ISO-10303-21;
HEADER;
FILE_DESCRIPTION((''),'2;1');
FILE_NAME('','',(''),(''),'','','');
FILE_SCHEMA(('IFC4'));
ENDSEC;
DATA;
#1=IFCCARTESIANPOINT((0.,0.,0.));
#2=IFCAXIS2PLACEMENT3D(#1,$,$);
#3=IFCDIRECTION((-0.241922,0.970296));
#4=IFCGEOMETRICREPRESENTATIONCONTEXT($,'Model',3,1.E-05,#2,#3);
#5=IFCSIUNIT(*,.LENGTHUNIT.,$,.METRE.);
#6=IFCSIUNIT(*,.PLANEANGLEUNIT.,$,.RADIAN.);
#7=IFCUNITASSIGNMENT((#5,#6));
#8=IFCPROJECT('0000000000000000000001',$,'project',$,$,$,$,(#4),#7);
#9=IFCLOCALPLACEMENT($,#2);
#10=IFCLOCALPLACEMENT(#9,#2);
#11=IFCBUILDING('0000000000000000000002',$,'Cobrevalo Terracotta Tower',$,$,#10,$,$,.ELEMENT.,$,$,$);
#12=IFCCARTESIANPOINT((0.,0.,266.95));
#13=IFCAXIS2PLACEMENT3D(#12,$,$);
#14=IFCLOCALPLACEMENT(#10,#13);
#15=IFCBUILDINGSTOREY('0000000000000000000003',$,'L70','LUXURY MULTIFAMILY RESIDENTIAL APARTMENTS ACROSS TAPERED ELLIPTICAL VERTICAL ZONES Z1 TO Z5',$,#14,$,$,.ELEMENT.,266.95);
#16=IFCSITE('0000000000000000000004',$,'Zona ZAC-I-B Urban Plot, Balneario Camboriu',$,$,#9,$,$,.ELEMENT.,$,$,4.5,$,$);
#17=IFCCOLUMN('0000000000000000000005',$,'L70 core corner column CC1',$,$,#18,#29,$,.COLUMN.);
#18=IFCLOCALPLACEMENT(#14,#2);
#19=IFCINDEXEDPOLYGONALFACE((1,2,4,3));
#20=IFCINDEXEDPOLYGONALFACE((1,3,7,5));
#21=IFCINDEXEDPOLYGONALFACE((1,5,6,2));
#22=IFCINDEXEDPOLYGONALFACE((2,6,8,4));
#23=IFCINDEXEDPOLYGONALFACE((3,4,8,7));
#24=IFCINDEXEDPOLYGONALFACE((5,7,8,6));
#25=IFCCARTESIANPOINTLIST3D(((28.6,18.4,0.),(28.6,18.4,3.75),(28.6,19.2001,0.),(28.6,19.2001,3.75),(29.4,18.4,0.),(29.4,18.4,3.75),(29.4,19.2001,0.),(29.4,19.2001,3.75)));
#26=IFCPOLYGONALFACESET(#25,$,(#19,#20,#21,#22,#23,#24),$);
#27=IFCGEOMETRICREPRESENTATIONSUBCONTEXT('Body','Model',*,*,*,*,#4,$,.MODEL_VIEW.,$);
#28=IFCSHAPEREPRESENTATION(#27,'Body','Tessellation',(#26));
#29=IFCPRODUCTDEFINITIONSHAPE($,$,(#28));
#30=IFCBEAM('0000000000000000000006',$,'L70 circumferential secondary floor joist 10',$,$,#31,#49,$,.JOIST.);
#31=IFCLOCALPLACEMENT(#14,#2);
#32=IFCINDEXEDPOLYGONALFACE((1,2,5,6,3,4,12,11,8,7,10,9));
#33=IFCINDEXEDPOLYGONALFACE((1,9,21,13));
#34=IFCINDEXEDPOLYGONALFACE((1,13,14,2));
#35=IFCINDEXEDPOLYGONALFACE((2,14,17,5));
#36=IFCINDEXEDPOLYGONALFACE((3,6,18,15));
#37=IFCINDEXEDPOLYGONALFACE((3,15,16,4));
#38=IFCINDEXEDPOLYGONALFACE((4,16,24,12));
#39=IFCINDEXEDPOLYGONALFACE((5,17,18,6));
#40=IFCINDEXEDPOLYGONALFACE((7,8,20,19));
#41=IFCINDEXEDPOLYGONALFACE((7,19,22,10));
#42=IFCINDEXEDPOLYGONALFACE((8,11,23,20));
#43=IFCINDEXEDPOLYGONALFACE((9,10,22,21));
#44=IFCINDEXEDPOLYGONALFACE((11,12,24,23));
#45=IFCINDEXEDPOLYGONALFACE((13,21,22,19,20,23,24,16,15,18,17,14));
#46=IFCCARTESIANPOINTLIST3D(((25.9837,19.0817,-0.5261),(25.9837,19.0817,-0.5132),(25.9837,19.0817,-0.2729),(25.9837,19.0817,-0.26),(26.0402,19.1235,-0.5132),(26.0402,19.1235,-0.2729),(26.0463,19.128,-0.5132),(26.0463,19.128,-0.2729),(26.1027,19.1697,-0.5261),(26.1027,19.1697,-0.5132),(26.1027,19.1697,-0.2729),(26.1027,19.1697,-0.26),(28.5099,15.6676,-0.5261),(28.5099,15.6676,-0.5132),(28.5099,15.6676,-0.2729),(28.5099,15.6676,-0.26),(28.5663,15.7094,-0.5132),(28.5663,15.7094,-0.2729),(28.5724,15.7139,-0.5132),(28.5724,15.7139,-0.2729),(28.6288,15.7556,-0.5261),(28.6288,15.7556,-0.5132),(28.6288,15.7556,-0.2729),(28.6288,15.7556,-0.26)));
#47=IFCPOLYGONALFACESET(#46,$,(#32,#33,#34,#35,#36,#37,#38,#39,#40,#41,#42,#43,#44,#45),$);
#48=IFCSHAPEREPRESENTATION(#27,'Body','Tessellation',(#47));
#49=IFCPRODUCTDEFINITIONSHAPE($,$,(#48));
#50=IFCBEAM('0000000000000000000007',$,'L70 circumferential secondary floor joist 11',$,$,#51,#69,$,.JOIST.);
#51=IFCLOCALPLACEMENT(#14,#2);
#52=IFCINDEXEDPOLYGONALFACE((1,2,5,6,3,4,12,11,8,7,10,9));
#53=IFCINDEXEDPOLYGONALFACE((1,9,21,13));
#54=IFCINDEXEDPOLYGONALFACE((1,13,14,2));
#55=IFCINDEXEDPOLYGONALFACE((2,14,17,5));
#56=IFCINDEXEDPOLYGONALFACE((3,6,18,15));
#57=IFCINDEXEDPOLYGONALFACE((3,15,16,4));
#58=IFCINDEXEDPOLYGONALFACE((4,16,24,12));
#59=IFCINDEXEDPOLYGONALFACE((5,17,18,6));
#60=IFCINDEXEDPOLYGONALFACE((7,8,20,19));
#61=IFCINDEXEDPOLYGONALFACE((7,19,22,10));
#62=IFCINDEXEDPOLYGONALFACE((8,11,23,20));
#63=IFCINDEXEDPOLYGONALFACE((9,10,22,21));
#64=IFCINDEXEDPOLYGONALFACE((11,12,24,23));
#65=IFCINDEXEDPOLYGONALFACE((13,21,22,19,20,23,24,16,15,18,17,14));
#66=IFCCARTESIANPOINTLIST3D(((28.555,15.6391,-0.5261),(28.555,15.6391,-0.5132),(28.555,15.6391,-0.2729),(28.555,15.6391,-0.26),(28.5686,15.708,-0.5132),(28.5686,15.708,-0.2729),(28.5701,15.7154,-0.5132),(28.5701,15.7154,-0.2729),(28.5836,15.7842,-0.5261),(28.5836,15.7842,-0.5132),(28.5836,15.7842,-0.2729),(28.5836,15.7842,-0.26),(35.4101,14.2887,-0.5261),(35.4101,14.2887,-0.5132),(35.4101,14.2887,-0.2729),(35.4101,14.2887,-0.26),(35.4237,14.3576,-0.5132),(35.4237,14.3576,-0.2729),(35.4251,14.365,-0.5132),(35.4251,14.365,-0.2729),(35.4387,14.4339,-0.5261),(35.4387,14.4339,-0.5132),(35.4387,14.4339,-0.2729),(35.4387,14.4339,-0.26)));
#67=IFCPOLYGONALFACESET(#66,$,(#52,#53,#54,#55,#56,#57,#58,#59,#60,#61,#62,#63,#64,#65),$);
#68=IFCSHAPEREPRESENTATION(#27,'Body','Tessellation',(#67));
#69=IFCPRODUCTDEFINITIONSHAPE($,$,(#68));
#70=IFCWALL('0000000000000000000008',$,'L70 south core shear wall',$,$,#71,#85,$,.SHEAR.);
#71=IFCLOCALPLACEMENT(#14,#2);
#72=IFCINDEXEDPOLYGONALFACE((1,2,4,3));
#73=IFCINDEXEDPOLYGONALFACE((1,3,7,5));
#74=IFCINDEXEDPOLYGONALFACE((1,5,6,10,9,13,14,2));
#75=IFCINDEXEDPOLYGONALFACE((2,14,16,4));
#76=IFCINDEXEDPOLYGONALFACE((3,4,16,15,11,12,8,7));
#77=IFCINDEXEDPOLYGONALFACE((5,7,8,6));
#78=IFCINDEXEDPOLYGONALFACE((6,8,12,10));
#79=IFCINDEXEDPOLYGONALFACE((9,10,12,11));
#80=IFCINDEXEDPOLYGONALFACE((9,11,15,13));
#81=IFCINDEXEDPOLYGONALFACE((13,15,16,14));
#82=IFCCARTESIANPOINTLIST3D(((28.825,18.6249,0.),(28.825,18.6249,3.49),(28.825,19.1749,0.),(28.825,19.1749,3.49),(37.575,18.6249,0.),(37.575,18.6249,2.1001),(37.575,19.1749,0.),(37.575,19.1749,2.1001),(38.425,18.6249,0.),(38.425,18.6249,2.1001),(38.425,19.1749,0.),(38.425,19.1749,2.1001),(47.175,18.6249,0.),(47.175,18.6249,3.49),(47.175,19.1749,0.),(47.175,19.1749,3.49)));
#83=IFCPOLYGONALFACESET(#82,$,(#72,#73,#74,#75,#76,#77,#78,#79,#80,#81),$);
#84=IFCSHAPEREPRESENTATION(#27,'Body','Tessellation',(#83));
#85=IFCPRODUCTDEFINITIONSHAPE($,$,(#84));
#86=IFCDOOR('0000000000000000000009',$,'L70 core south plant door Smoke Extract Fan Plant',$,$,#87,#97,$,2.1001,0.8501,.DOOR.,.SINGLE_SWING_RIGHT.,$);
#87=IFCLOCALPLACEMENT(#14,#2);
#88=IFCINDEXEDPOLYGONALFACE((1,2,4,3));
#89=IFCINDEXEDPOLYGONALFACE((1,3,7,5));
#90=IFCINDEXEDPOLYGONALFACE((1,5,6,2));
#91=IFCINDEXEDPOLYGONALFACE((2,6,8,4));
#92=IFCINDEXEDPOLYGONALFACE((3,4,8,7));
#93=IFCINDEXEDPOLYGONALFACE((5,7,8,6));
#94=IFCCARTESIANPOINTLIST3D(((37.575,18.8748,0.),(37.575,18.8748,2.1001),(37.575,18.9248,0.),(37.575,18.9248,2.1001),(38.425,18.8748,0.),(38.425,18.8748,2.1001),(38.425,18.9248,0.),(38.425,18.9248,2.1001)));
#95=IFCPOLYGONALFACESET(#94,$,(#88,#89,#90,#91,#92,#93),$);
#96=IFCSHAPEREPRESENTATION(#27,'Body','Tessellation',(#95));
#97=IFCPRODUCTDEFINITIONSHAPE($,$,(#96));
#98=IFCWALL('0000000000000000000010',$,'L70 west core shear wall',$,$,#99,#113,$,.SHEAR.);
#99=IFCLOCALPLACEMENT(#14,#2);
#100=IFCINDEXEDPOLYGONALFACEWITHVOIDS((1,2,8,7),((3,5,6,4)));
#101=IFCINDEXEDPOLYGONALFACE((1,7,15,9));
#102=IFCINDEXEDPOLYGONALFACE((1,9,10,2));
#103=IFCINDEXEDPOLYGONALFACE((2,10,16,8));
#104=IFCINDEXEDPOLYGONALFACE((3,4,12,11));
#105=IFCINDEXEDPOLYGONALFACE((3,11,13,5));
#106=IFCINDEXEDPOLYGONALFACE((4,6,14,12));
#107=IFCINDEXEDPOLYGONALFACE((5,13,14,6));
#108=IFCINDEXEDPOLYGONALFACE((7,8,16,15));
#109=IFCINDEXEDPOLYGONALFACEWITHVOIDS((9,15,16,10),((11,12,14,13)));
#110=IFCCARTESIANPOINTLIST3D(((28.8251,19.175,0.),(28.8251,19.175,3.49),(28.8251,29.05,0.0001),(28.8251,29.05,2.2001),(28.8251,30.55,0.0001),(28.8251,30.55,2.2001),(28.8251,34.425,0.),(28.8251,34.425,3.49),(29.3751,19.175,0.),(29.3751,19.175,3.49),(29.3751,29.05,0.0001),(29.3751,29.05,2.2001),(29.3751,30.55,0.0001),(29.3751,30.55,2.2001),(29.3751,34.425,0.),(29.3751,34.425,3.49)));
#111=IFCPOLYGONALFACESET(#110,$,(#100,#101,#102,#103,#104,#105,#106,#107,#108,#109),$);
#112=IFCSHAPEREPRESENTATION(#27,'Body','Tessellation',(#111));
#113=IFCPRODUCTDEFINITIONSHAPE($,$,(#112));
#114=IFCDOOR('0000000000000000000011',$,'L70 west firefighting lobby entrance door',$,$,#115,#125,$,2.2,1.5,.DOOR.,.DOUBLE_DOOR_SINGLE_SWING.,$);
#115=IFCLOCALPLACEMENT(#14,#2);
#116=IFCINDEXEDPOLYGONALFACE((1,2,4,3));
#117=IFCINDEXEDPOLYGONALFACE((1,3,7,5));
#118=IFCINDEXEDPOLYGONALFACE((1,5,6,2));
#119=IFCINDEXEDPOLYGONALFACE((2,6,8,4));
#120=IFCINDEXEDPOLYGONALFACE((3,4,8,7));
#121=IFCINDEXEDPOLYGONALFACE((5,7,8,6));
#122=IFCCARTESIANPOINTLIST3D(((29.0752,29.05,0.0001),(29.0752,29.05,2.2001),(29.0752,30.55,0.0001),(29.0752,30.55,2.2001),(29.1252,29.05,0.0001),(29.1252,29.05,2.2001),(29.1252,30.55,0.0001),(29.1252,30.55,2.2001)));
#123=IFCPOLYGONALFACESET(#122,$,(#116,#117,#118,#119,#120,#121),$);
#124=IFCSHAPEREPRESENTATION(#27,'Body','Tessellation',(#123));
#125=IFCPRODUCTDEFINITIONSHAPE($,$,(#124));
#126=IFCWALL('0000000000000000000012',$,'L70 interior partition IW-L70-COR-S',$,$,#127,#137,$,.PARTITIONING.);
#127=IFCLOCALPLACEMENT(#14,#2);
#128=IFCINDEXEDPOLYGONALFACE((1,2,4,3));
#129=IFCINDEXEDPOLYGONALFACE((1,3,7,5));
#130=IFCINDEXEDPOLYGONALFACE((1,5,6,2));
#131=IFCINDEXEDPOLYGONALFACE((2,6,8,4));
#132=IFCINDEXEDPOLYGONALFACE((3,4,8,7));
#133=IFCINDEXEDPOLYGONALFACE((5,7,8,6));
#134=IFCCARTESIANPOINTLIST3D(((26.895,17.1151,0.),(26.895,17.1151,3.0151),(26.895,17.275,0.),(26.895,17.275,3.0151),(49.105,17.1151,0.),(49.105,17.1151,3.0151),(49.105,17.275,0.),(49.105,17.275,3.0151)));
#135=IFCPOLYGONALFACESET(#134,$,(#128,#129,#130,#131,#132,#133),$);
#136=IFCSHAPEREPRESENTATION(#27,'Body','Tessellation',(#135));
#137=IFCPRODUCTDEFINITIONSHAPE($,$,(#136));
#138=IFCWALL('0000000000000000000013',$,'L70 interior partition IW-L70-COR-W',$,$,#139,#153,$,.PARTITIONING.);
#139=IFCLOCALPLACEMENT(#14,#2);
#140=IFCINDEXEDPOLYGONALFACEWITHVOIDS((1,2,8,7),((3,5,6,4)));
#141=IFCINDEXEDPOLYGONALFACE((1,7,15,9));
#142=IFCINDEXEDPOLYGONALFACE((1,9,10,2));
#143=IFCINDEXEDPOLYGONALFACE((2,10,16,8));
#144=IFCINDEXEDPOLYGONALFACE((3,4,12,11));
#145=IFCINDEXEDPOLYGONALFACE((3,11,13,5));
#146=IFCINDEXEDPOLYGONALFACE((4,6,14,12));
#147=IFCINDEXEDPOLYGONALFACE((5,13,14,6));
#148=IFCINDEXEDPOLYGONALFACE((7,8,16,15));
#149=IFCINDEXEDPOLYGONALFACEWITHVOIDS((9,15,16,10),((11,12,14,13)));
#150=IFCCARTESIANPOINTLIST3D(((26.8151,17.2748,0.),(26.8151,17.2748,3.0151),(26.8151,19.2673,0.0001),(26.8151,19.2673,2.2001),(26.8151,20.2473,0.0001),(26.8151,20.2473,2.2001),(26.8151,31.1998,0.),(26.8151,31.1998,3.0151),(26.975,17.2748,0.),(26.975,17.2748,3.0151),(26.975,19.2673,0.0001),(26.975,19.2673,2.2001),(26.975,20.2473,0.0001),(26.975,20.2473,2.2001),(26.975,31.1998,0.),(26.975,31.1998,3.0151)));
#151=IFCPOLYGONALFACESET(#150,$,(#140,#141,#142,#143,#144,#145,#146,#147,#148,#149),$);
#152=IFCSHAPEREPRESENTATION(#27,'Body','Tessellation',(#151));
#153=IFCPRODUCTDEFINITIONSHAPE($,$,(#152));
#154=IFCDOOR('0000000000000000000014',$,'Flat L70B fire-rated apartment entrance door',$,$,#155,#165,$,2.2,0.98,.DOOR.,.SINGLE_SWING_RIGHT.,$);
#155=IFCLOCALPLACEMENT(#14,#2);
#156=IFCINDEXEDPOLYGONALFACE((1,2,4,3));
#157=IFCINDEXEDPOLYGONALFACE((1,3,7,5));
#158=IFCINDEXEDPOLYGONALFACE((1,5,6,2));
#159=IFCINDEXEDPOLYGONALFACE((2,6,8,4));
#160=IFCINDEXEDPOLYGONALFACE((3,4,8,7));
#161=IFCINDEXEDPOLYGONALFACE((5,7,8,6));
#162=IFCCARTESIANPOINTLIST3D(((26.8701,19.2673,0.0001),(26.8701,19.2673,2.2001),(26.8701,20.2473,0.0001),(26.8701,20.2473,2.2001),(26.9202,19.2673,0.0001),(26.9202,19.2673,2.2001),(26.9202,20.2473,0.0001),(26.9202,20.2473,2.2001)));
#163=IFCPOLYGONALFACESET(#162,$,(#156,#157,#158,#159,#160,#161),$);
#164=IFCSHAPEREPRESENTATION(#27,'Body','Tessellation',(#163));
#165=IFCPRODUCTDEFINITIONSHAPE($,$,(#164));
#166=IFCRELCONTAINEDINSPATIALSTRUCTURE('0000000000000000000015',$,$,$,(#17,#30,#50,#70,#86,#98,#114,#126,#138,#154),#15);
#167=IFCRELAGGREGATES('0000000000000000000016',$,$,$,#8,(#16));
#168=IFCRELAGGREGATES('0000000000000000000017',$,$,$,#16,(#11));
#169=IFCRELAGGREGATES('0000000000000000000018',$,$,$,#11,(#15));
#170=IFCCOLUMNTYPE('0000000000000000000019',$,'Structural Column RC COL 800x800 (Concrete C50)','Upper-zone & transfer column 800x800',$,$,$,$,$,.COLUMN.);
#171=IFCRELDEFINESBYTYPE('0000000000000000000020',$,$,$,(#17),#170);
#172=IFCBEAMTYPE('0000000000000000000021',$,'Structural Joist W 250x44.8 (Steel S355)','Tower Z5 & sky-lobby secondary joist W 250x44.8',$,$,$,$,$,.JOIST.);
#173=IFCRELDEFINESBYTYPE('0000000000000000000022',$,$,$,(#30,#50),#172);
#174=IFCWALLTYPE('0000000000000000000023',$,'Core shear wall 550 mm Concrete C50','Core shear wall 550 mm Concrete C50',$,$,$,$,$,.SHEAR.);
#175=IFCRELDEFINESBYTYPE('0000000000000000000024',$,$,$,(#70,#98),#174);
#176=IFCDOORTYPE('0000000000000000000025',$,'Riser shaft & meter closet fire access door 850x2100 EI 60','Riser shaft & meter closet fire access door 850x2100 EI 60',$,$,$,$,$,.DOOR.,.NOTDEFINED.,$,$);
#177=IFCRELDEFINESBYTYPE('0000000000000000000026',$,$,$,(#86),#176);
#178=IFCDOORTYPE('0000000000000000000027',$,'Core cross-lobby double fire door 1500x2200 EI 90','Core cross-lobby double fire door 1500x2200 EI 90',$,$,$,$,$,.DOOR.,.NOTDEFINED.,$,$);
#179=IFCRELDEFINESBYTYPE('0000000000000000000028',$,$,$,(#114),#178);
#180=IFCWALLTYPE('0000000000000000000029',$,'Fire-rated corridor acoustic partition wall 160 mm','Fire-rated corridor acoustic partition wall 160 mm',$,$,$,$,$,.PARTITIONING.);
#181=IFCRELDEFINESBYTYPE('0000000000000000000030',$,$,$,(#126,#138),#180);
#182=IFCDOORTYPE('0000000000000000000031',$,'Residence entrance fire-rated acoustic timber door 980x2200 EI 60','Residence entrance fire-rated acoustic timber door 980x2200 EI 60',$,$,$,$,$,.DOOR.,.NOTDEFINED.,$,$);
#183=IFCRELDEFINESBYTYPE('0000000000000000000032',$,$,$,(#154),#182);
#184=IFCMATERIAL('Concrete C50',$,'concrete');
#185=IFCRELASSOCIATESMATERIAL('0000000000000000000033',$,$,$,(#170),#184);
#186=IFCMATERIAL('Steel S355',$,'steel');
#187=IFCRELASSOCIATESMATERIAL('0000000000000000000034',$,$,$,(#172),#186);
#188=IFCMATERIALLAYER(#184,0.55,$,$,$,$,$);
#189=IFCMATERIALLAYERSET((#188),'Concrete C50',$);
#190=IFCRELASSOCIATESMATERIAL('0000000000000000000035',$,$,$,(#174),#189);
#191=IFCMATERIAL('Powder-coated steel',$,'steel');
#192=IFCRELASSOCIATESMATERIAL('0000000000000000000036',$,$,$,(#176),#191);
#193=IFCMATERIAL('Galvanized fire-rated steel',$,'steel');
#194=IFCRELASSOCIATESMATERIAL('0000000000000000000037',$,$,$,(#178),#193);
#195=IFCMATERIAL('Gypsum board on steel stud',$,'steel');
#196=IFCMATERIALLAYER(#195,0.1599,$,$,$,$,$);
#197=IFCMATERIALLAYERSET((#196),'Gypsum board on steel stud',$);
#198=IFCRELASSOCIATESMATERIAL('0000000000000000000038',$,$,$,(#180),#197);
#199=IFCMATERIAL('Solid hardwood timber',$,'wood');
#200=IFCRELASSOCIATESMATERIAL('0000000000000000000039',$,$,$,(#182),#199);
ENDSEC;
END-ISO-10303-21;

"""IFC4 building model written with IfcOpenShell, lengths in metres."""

from ifc_helpers import new_model, si_unit, direction, frame, frame_2d, origin, origin_2d, place, context, subcontext, project, spatial, rectangle, i_section, extrude, source, transform, mapped, material, layer, layer_set, material_profile, profile_set, type_object, element, fill, save


model = new_model("IFC4")

# Units and contexts
model_context = context("Model", 3, precision=1e-05, world=origin(), true_north=direction((-0.241922, 0.970296)))
body_context = subcontext(model_context, "Body", "Model", "MODEL_VIEW")
ifc_project = project(units=[si_unit("LENGTHUNIT", "METRE"), si_unit("PLANEANGLEUNIT", "RADIAN")], contexts=[model_context])

# Site, building, storey
site_placement = place(None, origin())
site = spatial("IfcSite", under=ifc_project, at=site_placement, Name="Zona ZAC-I-B Urban Plot, Balneario Camboriu", CompositionType="ELEMENT", RefElevation=4.5)
building_placement = place(site_placement, origin())
building = spatial("IfcBuilding", under=site, at=building_placement, Name="Cobrevalo Terracotta Tower", CompositionType="ELEMENT")
storey_placement = place(building_placement, frame((0.0, 0.0, 266.95)))
storey = spatial("IfcBuildingStorey", under=building, at=storey_placement, Name="L70", Description="LUXURY MULTIFAMILY RESIDENTIAL APARTMENTS ACROSS TAPERED ELLIPTICAL VERTICAL ZONES Z1 TO Z5", CompositionType="ELEMENT", Elevation=266.95)

# Column
ifc_material_1 = material(Name="Concrete C50", Category="concrete")
ifc_material_profile_1 = material_profile(ifc_material_1, rectangle(XDim=0.8, YDim=0.8, at=origin_2d()), Name="RC COL 800x800")
ifc_profile_set_1 = profile_set([ifc_material_profile_1], Name="Concrete C50")
column_type = type_object("IfcColumnType", Name="Structural Column RC COL 800x800 (Concrete C50)", Description="Upper-zone & transfer column 800x800", PredefinedType="COLUMN", material=ifc_profile_set_1)
column_placement = place(storey_placement, frame((29.0, 18.8, 0.0), z_axis=(0.0, 0.0, 1.0), x_axis=(1.0, 0.0, 0.0)))
element("IfcColumn", 1, at=column_placement, inside=storey, type_object=column_type, Name="L70 core corner column CC1", PredefinedType="COLUMN", context=body_context, shape_type="SweptSolid", body=[
    extrude(rectangle(XDim=0.8, YDim=0.8, at=origin_2d()), origin(), (0.0, 0.0, 1.0), 3.75),
])

# Beams
ifc_material_2 = material(Name="Steel S355", Category="steel")
ifc_material_profile_2 = material_profile(ifc_material_2, i_section(OverallWidth=0.1479, OverallDepth=0.2661, WebThickness=0.0076, FlangeThickness=0.0129, at=origin_2d()), Name="W 250x44.8")
ifc_profile_set_2 = profile_set([ifc_material_profile_2], Name="Steel S355")
beam_type = type_object("IfcBeamType", Name="Structural Joist W 250x44.8 (Steel S355)", Description="Tower Z5 & sky-lobby secondary joist W 250x44.8", PredefinedType="JOIST", material=ifc_profile_set_2)
beam_1_placement = place(storey_placement, frame((26.0432, 19.1257, -0.3931), z_axis=(0.5948, -0.803874, 0.0), x_axis=(0.803874, 0.5948, 0.0)))
element("IfcBeam", 2, at=beam_1_placement, inside=storey, type_object=beam_type, Name="L70 circumferential secondary floor joist 10", PredefinedType="JOIST", context=body_context, shape_type="SweptSolid", body=[
    extrude(i_section(OverallWidth=0.1479, OverallDepth=0.2661, WebThickness=0.0076, FlangeThickness=0.0129, at=origin_2d()), origin(), (0.0, 0.0, 1.0), 4.2471),
])
beam_2_placement = place(storey_placement, frame((28.5693, 15.7117, -0.3931), z_axis=(0.981145, -0.193273, 0.0), x_axis=(0.193273, 0.981145, 0.0)))
element("IfcBeam", 3, at=beam_2_placement, inside=storey, type_object=beam_type, Name="L70 circumferential secondary floor joist 11", PredefinedType="JOIST", context=body_context, shape_type="SweptSolid", body=[
    extrude(i_section(OverallWidth=0.1479, OverallDepth=0.2661, WebThickness=0.0076, FlangeThickness=0.0129, at=origin_2d()), origin(), (0.0, 0.0, 1.0), 6.9868),
])

# Walls, openings, doors
ifc_layer_1 = layer(ifc_material_1, 0.55)
ifc_layer_set_1 = layer_set([ifc_layer_1], Name="Concrete C50")
wall_type_1 = type_object("IfcWallType", Name="Core shear wall 550 mm Concrete C50", Description="Core shear wall 550 mm Concrete C50", PredefinedType="SHEAR", material=ifc_layer_set_1)
wall_1_placement = place(storey_placement, frame((28.825, 18.8999, 0.0), z_axis=(0.0, 0.0, 1.0), x_axis=(1.0, 0.0, 0.0)))
wall_1 = element("IfcWall", 4, at=wall_1_placement, inside=storey, type_object=wall_type_1, Name="L70 south core shear wall", PredefinedType="SHEAR", context=body_context, shape_type="SweptSolid", body=[
    extrude(rectangle(XDim=18.3501, YDim=0.55, at=frame_2d((9.175, 0.0))), origin(), (0.0, 0.0, 1.0), 3.49),
])
opening_1_placement = place(wall_1_placement, frame((8.75, 0.0, 0.0)))
opening_1 = element("IfcOpeningElement", 5, at=opening_1_placement, cuts=wall_1, PredefinedType="OPENING", context=body_context, shape_type="SweptSolid", body=[
    extrude(rectangle(XDim=0.8501, YDim=2.1001, at=frame_2d((0.425, 1.05))), frame((0.0, 0.2852, 0.0), z_axis=(0.0, -1.0, 0.0), x_axis=(1.0, 0.0, 0.0)), (0.0, 0.0, 1.0), 0.5701),
])
ifc_material_3 = material(Name="Powder-coated steel", Category="steel")
door_type_1 = type_object("IfcDoorType", Name="Riser shaft & meter closet fire access door 850x2100 EI 60", Description="Riser shaft & meter closet fire access door 850x2100 EI 60", OperationType="NOTDEFINED", PredefinedType="DOOR", material=ifc_material_3)
shared_shape_1 = source(origin(), body_context, "Body", "SweptSolid", [
    extrude(rectangle(XDim=0.8501, YDim=2.1001, at=frame_2d((0.425, 1.05))), frame((0.0, 0.0249, 0.0), z_axis=(0.0, -1.0, 0.0), x_axis=(1.0, 0.0, 0.0)), (0.0, 0.0, 1.0), 0.05),
])
door_1_placement = place(opening_1_placement, origin())
door_1 = element("IfcDoor", 6, at=door_1_placement, inside=storey, type_object=door_type_1, Name="L70 core south plant door Smoke Extract Fan Plant", OperationType="SINGLE_SWING_RIGHT", OverallHeight=2.1001, OverallWidth=0.8501, PredefinedType="DOOR", context=body_context, shape_type="MappedRepresentation", body=[
    mapped(shared_shape_1, transform((0.0, 0.0, 0.0), scale=1.0)),
])
fill(opening_1, door_1)
wall_2_placement = place(storey_placement, frame((29.1001, 19.175, 0.0), z_axis=(0.0, 0.0, 1.0), x_axis=(0.0, 1.0, 0.0)))
wall_2 = element("IfcWall", 7, at=wall_2_placement, inside=storey, type_object=wall_type_1, Name="L70 west core shear wall", PredefinedType="SHEAR", context=body_context, shape_type="SweptSolid", body=[
    extrude(rectangle(XDim=15.25, YDim=0.55, at=frame_2d((7.625, 0.0))), origin(), (0.0, 0.0, 1.0), 3.49),
])
opening_2_placement = place(wall_2_placement, frame((9.875, 0.0, 0.0)))
opening_2 = element("IfcOpeningElement", 8, at=opening_2_placement, cuts=wall_2, PredefinedType="OPENING", context=body_context, shape_type="SweptSolid", body=[
    extrude(rectangle(XDim=1.5, YDim=2.2, at=frame_2d((0.75, 1.1001))), frame((0.0, 0.2852, 0.0), z_axis=(0.0, -1.0, 0.0), x_axis=(1.0, 0.0, 0.0)), (0.0, 0.0, 1.0), 0.5701),
])
ifc_material_4 = material(Name="Galvanized fire-rated steel", Category="steel")
door_type_2 = type_object("IfcDoorType", Name="Core cross-lobby double fire door 1500x2200 EI 90", Description="Core cross-lobby double fire door 1500x2200 EI 90", OperationType="NOTDEFINED", PredefinedType="DOOR", material=ifc_material_4)
shared_shape_2 = source(origin(), body_context, "Body", "SweptSolid", [
    extrude(rectangle(XDim=1.5, YDim=2.2, at=frame_2d((0.75, 1.1001))), frame((0.0, 0.0249, 0.0), z_axis=(0.0, -1.0, 0.0), x_axis=(1.0, 0.0, 0.0)), (0.0, 0.0, 1.0), 0.05),
])
door_2_placement = place(opening_2_placement, origin())
door_2 = element("IfcDoor", 9, at=door_2_placement, inside=storey, type_object=door_type_2, Name="L70 west firefighting lobby entrance door", OperationType="DOUBLE_DOOR_SINGLE_SWING", OverallHeight=2.2, OverallWidth=1.5, PredefinedType="DOOR", context=body_context, shape_type="MappedRepresentation", body=[
    mapped(shared_shape_2, transform((0.0, 0.0, 0.0), scale=1.0)),
])
fill(opening_2, door_2)

# Wall
ifc_material_5 = material(Name="Gypsum board on steel stud", Category="steel")
ifc_layer_2 = layer(ifc_material_5, 0.1599)
ifc_layer_set_2 = layer_set([ifc_layer_2], Name="Gypsum board on steel stud")
wall_type_2 = type_object("IfcWallType", Name="Fire-rated corridor acoustic partition wall 160 mm", Description="Fire-rated corridor acoustic partition wall 160 mm", PredefinedType="PARTITIONING", material=ifc_layer_set_2)
wall_3_placement = place(storey_placement, frame((26.895, 17.1951, 0.0), z_axis=(0.0, 0.0, 1.0), x_axis=(1.0, 0.0, 0.0)))
element("IfcWall", 10, at=wall_3_placement, inside=storey, type_object=wall_type_2, Name="L70 interior partition IW-L70-COR-S", PredefinedType="PARTITIONING", context=body_context, shape_type="SweptSolid", body=[
    extrude(rectangle(XDim=22.21, YDim=0.1599, at=frame_2d((11.105, 0.0))), origin(), (0.0, 0.0, 1.0), 3.0151),
])

# Wall, opening, door
wall_4_placement = place(storey_placement, frame((26.895, 17.2749, 0.0), z_axis=(0.0, 0.0, 1.0), x_axis=(0.0, 1.0, 0.0)))
wall_4 = element("IfcWall", 11, at=wall_4_placement, inside=storey, type_object=wall_type_2, Name="L70 interior partition IW-L70-COR-W", PredefinedType="PARTITIONING", context=body_context, shape_type="SweptSolid", body=[
    extrude(rectangle(XDim=13.925, YDim=0.1599, at=frame_2d((6.9624, 0.0))), origin(), (0.0, 0.0, 1.0), 3.0151),
])
opening_3_placement = place(wall_4_placement, frame((1.9924, 0.0, 0.0)))
opening_3 = element("IfcOpeningElement", 12, at=opening_3_placement, cuts=wall_4, PredefinedType="OPENING", context=body_context, shape_type="SweptSolid", body=[
    extrude(rectangle(XDim=0.98, YDim=2.2, at=frame_2d((0.49, 1.1001))), frame((0.0, 0.0898, 0.0), z_axis=(0.0, -1.0, 0.0), x_axis=(1.0, 0.0, 0.0)), (0.0, 0.0, 1.0), 0.1799),
])
ifc_material_6 = material(Name="Solid hardwood timber", Category="wood")
door_type_3 = type_object("IfcDoorType", Name="Residence entrance fire-rated acoustic timber door 980x2200 EI 60", Description="Residence entrance fire-rated acoustic timber door 980x2200 EI 60", OperationType="NOTDEFINED", PredefinedType="DOOR", material=ifc_material_6)
shared_shape_3 = source(origin(), body_context, "Body", "SweptSolid", [
    extrude(rectangle(XDim=0.98, YDim=2.2, at=frame_2d((0.49, 1.1001))), frame((0.0, 0.0249, 0.0), z_axis=(0.0, -1.0, 0.0), x_axis=(1.0, 0.0, 0.0)), (0.0, 0.0, 1.0), 0.05),
])
door_3_placement = place(opening_3_placement, origin())
door_3 = element("IfcDoor", 13, at=door_3_placement, inside=storey, type_object=door_type_3, Name="Flat L70B fire-rated apartment entrance door", OperationType="SINGLE_SWING_RIGHT", OverallHeight=2.2, OverallWidth=0.98, PredefinedType="DOOR", context=body_context, shape_type="MappedRepresentation", body=[
    mapped(shared_shape_3, transform((0.0, 0.0, 0.0), scale=1.0)),
])
fill(opening_3, door_3)

save(model, "model.ifc")
